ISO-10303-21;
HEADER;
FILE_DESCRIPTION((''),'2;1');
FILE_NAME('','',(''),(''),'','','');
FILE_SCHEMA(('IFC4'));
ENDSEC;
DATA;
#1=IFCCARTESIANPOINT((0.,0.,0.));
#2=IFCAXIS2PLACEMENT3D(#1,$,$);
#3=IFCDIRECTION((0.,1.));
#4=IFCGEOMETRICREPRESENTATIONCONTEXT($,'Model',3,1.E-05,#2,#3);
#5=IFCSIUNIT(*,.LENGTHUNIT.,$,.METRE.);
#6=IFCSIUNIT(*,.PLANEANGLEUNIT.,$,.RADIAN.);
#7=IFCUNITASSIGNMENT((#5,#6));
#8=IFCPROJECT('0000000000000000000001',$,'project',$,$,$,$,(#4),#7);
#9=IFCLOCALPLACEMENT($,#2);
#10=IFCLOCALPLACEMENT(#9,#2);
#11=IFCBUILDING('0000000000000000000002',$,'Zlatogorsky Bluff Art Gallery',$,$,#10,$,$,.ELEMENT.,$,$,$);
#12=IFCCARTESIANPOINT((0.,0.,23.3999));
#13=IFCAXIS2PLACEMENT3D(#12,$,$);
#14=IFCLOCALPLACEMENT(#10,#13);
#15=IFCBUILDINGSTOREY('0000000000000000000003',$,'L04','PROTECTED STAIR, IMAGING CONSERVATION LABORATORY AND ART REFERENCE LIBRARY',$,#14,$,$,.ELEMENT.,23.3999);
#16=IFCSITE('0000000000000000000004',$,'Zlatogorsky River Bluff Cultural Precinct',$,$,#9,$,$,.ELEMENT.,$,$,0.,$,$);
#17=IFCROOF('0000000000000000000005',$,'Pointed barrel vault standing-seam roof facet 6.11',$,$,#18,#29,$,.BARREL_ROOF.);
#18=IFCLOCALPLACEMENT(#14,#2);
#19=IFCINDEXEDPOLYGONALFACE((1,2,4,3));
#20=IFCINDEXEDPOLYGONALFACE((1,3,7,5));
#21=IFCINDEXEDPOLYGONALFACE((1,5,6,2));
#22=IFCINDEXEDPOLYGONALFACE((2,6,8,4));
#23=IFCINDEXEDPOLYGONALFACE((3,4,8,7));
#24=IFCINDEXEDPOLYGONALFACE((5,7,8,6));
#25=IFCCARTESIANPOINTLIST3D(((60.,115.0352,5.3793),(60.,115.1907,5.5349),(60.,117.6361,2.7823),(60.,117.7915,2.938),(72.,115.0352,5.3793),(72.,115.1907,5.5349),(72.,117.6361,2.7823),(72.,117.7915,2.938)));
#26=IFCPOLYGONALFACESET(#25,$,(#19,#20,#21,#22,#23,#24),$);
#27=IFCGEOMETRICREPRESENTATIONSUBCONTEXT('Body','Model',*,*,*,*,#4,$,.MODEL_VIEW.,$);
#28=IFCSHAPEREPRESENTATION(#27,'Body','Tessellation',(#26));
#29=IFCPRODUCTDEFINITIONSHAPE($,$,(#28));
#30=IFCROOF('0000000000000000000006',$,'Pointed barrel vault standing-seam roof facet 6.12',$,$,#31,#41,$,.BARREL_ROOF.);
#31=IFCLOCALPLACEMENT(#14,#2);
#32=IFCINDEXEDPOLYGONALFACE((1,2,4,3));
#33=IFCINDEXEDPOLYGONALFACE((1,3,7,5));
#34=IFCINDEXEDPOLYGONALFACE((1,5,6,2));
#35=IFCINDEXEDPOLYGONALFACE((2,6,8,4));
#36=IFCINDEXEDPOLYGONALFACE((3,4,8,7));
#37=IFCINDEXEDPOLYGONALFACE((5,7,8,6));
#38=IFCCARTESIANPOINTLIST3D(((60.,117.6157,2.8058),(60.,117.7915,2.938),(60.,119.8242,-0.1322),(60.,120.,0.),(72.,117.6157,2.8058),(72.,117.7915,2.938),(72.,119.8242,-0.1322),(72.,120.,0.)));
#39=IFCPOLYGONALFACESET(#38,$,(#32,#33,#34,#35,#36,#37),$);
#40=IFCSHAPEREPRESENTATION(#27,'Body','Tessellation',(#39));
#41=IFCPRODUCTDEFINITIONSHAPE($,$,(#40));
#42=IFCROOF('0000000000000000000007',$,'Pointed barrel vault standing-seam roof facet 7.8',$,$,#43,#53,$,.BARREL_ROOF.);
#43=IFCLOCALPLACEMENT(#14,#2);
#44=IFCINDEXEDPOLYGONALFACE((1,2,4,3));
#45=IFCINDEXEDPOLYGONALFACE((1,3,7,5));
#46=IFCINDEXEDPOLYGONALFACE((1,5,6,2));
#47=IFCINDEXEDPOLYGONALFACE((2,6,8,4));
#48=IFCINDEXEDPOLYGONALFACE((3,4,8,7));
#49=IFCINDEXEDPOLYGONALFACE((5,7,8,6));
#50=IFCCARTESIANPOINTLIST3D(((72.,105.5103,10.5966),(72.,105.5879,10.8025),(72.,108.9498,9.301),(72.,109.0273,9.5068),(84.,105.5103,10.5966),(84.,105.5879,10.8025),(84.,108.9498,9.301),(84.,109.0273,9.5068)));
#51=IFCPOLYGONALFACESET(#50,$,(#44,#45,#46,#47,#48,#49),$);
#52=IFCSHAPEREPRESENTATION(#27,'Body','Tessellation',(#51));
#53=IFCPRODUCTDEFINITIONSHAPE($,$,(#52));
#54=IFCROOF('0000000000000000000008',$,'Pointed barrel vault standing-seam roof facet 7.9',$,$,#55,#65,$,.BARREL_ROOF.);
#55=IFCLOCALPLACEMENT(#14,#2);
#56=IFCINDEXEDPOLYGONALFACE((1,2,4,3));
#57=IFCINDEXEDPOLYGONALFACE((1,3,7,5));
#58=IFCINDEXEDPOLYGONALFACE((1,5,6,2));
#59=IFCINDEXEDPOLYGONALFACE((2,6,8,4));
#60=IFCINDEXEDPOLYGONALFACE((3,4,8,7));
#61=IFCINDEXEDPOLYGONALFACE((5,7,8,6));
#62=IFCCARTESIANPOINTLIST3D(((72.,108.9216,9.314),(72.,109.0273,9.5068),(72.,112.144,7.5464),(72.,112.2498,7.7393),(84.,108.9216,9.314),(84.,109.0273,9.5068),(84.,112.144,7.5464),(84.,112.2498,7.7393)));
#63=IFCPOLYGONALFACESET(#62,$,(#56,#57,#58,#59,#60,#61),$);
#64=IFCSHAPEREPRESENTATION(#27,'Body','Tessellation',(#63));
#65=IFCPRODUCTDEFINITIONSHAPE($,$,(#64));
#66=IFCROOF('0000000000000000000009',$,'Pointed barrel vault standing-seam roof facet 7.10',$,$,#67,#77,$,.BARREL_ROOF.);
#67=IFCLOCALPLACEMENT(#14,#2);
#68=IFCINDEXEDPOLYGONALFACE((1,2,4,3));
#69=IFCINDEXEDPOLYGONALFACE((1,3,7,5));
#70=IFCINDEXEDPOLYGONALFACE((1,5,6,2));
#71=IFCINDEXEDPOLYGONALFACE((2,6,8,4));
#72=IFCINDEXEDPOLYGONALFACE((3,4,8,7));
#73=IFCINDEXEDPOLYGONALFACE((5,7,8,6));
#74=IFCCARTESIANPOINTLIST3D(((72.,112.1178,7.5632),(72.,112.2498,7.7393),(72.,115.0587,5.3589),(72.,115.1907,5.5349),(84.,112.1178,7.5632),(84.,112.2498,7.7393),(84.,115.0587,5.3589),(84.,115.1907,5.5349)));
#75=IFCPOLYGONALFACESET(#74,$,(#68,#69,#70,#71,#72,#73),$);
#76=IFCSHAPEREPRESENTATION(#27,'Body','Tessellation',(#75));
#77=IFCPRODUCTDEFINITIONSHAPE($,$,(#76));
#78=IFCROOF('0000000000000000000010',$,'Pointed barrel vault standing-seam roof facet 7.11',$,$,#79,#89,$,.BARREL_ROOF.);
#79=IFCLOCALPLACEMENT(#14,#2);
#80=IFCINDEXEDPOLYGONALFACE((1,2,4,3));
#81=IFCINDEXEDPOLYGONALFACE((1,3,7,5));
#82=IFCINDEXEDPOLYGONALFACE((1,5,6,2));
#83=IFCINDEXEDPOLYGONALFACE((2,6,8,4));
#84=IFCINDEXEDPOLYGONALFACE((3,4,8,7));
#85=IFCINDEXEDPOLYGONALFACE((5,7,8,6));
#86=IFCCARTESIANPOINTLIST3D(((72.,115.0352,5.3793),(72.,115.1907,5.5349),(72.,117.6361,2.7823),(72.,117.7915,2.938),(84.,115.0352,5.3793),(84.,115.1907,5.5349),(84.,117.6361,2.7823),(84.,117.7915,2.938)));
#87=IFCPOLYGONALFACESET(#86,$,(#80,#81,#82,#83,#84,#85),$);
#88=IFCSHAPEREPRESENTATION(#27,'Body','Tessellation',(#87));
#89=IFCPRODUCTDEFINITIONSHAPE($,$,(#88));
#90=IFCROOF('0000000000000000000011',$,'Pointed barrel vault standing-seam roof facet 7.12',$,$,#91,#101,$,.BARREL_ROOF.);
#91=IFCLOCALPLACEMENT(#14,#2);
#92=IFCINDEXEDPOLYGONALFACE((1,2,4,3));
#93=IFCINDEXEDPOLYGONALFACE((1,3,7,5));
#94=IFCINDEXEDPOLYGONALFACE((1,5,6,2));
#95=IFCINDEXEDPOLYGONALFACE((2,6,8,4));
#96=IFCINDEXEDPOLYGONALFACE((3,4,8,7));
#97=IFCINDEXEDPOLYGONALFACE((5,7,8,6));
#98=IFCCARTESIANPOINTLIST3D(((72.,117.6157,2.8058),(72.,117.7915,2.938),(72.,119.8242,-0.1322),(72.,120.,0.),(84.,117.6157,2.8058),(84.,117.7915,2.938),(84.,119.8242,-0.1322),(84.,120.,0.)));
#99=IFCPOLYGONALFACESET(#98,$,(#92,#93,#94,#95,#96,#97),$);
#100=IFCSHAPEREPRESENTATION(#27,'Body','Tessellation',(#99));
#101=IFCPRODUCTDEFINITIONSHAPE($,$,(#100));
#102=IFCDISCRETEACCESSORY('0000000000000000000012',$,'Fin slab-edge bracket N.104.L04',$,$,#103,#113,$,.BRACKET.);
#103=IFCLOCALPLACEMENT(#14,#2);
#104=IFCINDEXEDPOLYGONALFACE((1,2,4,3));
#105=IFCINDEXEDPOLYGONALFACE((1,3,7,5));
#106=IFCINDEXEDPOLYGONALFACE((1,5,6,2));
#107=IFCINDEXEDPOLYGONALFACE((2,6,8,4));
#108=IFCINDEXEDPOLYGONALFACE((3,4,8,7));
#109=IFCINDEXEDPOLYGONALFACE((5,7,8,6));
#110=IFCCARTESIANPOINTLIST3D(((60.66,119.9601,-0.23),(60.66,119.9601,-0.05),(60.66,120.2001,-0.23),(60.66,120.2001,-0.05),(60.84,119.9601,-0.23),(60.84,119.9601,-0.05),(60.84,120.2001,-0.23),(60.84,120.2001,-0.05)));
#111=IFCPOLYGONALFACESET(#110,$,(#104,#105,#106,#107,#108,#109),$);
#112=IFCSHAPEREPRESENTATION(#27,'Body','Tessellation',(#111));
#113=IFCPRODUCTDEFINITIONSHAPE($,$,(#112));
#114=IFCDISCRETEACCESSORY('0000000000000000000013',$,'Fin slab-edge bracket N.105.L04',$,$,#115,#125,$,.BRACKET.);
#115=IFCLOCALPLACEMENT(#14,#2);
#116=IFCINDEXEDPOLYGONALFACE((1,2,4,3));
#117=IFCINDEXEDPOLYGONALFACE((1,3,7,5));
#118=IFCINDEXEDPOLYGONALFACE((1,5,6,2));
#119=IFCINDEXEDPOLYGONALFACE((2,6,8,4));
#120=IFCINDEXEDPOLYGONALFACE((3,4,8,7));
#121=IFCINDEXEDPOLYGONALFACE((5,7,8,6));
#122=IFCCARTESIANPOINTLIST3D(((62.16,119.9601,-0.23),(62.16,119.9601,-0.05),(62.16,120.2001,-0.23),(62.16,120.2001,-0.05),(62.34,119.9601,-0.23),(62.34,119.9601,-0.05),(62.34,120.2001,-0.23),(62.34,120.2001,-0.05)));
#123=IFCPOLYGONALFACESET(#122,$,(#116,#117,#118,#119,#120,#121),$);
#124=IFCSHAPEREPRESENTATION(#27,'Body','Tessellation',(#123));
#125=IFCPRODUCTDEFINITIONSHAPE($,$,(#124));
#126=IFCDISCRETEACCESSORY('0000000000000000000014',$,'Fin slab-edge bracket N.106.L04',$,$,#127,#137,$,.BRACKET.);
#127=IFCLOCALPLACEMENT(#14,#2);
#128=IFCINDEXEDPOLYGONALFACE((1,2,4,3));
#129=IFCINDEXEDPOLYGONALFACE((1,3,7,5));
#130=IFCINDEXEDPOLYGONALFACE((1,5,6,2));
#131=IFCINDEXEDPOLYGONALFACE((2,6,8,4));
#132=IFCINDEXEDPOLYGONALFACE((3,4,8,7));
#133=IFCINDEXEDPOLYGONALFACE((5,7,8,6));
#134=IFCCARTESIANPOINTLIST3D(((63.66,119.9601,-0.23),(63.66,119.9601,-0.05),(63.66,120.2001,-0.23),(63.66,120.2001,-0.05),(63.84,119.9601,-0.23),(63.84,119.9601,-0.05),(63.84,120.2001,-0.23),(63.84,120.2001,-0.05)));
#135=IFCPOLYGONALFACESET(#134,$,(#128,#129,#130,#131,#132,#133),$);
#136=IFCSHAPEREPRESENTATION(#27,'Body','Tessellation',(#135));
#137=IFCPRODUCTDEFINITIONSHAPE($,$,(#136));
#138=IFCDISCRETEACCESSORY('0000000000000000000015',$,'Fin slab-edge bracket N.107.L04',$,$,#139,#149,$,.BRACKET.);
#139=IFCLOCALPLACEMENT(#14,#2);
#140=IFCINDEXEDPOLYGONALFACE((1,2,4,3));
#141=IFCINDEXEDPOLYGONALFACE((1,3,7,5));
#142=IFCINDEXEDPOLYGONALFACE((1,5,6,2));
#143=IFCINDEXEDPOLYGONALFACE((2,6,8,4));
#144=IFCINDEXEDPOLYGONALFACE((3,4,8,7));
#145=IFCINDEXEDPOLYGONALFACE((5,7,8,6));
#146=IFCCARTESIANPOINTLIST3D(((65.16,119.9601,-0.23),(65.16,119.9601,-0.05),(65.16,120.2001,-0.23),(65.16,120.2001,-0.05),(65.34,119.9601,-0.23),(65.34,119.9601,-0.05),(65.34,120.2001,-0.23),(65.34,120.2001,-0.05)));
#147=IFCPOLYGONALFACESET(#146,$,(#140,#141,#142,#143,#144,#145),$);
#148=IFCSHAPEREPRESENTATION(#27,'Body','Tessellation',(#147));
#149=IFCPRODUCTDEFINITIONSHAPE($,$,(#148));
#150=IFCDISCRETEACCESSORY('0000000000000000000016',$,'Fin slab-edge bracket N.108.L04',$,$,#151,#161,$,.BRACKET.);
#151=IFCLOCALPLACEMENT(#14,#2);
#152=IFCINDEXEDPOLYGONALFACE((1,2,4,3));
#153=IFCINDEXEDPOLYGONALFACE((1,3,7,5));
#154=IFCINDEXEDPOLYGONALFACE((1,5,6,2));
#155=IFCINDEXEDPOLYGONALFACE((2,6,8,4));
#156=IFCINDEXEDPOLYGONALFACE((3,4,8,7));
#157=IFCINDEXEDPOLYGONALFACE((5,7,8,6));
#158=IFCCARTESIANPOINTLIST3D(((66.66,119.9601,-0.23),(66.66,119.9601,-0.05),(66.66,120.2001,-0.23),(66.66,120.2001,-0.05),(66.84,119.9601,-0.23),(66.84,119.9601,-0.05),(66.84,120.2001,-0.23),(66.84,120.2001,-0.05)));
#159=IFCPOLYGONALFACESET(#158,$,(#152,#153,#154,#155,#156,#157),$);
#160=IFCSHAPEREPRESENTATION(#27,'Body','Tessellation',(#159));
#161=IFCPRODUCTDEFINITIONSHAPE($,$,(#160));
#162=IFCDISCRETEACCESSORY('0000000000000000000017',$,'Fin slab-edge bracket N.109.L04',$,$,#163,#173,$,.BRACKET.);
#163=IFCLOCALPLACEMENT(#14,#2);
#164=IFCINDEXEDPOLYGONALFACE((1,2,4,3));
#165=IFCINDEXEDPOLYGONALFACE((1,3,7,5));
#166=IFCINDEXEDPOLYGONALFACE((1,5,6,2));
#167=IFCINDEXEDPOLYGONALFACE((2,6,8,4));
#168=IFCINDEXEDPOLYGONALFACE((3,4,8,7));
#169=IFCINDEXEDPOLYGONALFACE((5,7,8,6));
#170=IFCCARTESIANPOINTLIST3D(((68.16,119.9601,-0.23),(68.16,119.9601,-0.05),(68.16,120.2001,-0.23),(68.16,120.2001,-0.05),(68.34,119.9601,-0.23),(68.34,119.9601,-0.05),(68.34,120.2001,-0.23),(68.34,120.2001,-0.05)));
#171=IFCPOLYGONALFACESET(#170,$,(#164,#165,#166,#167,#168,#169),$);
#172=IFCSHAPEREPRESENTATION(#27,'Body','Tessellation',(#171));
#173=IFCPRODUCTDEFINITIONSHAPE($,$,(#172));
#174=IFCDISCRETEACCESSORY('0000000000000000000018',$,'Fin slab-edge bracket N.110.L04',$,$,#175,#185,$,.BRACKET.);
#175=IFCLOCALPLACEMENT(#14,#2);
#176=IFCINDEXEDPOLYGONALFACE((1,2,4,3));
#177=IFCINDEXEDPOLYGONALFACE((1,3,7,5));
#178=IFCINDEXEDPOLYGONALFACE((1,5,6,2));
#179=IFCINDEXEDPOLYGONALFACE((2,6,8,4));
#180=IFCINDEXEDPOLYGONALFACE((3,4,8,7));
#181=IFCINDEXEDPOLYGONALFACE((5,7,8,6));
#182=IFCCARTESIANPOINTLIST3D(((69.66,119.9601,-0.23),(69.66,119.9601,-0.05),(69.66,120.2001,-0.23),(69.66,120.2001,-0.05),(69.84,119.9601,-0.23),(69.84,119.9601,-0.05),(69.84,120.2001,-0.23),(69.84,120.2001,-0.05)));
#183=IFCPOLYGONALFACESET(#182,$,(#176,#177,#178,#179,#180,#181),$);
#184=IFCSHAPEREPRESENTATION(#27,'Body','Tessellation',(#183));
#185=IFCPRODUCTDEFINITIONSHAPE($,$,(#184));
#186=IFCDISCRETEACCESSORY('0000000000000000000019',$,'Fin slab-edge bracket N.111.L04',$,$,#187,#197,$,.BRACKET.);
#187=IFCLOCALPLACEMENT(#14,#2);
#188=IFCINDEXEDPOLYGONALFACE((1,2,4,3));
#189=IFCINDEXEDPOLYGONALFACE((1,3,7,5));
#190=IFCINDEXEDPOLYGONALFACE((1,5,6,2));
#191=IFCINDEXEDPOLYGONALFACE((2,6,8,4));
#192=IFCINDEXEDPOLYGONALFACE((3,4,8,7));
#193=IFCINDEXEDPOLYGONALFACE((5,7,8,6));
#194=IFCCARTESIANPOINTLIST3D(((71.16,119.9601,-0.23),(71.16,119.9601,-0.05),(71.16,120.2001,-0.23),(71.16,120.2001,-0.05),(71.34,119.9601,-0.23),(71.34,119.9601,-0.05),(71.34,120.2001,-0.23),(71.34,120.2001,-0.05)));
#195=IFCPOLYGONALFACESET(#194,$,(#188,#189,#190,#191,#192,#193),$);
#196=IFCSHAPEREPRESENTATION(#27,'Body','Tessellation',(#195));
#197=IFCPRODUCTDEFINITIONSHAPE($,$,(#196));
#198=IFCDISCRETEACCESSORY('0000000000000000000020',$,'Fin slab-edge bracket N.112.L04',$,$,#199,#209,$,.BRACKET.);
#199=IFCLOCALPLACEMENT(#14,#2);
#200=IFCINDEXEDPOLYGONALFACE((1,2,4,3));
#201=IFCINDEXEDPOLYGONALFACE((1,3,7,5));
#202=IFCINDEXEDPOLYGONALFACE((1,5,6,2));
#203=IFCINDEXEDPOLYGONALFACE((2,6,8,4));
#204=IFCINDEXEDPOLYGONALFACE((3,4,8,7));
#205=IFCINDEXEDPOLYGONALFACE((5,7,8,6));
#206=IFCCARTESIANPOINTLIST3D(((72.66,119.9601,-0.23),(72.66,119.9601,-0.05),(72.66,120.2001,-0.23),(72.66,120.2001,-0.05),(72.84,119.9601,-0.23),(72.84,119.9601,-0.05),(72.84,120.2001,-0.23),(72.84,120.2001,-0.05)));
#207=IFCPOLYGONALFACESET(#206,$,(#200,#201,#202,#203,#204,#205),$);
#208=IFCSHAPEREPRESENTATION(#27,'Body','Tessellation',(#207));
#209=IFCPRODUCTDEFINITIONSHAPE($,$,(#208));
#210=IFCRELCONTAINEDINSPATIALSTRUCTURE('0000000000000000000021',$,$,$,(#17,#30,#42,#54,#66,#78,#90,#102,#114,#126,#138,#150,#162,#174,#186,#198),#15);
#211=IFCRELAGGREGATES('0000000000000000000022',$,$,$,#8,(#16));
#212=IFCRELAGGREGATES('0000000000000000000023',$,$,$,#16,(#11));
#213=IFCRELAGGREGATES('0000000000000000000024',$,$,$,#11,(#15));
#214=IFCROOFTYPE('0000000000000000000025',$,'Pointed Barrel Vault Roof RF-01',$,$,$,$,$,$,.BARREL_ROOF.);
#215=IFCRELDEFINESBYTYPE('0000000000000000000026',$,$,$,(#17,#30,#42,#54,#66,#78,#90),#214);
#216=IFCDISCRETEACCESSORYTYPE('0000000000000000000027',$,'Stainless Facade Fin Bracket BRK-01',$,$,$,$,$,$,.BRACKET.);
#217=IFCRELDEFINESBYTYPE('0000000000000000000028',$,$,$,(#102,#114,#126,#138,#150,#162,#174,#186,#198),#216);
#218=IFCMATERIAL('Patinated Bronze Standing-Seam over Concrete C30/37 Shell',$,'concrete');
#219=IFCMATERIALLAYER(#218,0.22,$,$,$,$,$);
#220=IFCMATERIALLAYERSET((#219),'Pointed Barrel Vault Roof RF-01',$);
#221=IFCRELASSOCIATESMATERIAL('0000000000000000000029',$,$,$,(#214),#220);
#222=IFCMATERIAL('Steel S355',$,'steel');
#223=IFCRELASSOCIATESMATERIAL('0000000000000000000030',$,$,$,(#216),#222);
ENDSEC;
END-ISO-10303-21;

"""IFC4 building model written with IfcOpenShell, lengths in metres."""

from ifc_helpers import new_model, si_unit, direction, frame, origin, origin_2d, place, context, subcontext, project, spatial, polyline, rectangle, outline, extrude, material, layer, layer_set, type_object, element, save


model = new_model("IFC4")

# Units and contexts
model_context = context("Model", 3, precision=1e-05, world=origin(), true_north=direction((0.0, 1.0)))
body_context = subcontext(model_context, "Body", "Model", "MODEL_VIEW")
ifc_project = project(units=[si_unit("LENGTHUNIT", "METRE"), si_unit("PLANEANGLEUNIT", "RADIAN")], contexts=[model_context])

# Site, building, storey
site_placement = place(None, origin())
site = spatial("IfcSite", under=ifc_project, at=site_placement, Name="Zlatogorsky River Bluff Cultural Precinct", CompositionType="ELEMENT", RefElevation=0.0)
building_placement = place(site_placement, origin())
building = spatial("IfcBuilding", under=site, at=building_placement, Name="Zlatogorsky Bluff Art Gallery", CompositionType="ELEMENT")
storey_placement = place(building_placement, frame((0.0, 0.0, 23.3999)))
storey = spatial("IfcBuildingStorey", under=building, at=storey_placement, Name="L04", Description="PROTECTED STAIR, IMAGING CONSERVATION LABORATORY AND ART REFERENCE LIBRARY", CompositionType="ELEMENT", Elevation=23.3999)

# Shared definitions
ifc_material_1 = material(Name="Steel S355", Category="steel")

# Roofs
ifc_material_2 = material(Name="Patinated Bronze Standing-Seam over Concrete C30/37 Shell", Category="concrete")
ifc_layer_1 = layer(ifc_material_2, 0.22)
ifc_layer_set_1 = layer_set([ifc_layer_1], Name="Pointed Barrel Vault Roof RF-01")
roof_type = type_object("IfcRoofType", Name="Pointed Barrel Vault Roof RF-01", PredefinedType="BARREL_ROOF", material=ifc_layer_set_1)
roof_1_placement = place(storey_placement, frame((60.0, 115.1907, 5.5349), z_axis=(0.0, 0.706575, 0.707638), x_axis=(1.0, 0.0, 0.0)))
element("IfcRoof", 1, at=roof_1_placement, inside=storey, type_object=roof_type, Name="Pointed barrel vault standing-seam roof facet 6.11", PredefinedType="BARREL_ROOF", context=body_context, shape_type="SweptSolid", body=[
    extrude(outline(polyline([(0.0, 0.0), (12.0, 0.0), (12.0, 3.6754), (0.0, 3.6754), (0.0, 0.0)])), origin(), (0.0, 0.0, -1.0), 0.22),
])
roof_2_placement = place(storey_placement, frame((60.0, 117.7915, 2.938), z_axis=(0.0, 0.799346, 0.600871), x_axis=(1.0, 0.0, 0.0)))
element("IfcRoof", 2, at=roof_2_placement, inside=storey, type_object=roof_type, Name="Pointed barrel vault standing-seam roof facet 6.12", PredefinedType="BARREL_ROOF", context=body_context, shape_type="SweptSolid", body=[
    extrude(outline(polyline([(0.0, 0.0), (12.0, 0.0), (12.0, 3.6755), (0.0, 3.6755), (0.0, 0.0)])), origin(), (0.0, 0.0, -1.0), 0.22),
])
roof_3_placement = place(storey_placement, frame((72.0, 105.5879, 10.8025), z_axis=(0.0, 0.352521, 0.935804), x_axis=(1.0, 0.0, 0.0)))
element("IfcRoof", 3, at=roof_3_placement, inside=storey, type_object=roof_type, Name="Pointed barrel vault standing-seam roof facet 7.8", PredefinedType="BARREL_ROOF", context=body_context, shape_type="SweptSolid", body=[
    extrude(outline(polyline([(0.0, 0.0), (12.0, 0.0), (12.0, 3.6754), (0.0, 3.6754), (0.0, 0.0)])), origin(), (0.0, 0.0, -1.0), 0.22),
])
roof_4_placement = place(storey_placement, frame((72.0, 109.0273, 9.5068), z_axis=(0.0, 0.480927, 0.876761), x_axis=(1.0, 0.0, 0.0)))
element("IfcRoof", 4, at=roof_4_placement, inside=storey, type_object=roof_type, Name="Pointed barrel vault standing-seam roof facet 7.9", PredefinedType="BARREL_ROOF", context=body_context, shape_type="SweptSolid", body=[
    extrude(outline(polyline([(0.0, 0.0), (12.0, 0.0), (12.0, 3.6754), (0.0, 3.6754), (0.0, 0.0)])), origin(), (0.0, 0.0, -1.0), 0.22),
])
roof_5_placement = place(storey_placement, frame((72.0, 112.2498, 7.7393), z_axis=(0.0, 0.599766, 0.800175), x_axis=(1.0, 0.0, 0.0)))
element("IfcRoof", 5, at=roof_5_placement, inside=storey, type_object=roof_type, Name="Pointed barrel vault standing-seam roof facet 7.10", PredefinedType="BARREL_ROOF", context=body_context, shape_type="SweptSolid", body=[
    extrude(outline(polyline([(0.0, 0.0), (12.0, 0.0), (12.0, 3.6753), (0.0, 3.6753), (0.0, 0.0)])), origin(), (0.0, 0.0, -1.0), 0.22),
])
roof_6_placement = place(storey_placement, frame((72.0, 115.1907, 5.5349), z_axis=(0.0, 0.706575, 0.707638), x_axis=(1.0, 0.0, 0.0)))
element("IfcRoof", 6, at=roof_6_placement, inside=storey, type_object=roof_type, Name="Pointed barrel vault standing-seam roof facet 7.11", PredefinedType="BARREL_ROOF", context=body_context, shape_type="SweptSolid", body=[
    extrude(outline(polyline([(0.0, 0.0), (12.0, 0.0), (12.0, 3.6754), (0.0, 3.6754), (0.0, 0.0)])), origin(), (0.0, 0.0, -1.0), 0.22),
])
roof_7_placement = place(storey_placement, frame((72.0, 117.7915, 2.938), z_axis=(0.0, 0.799346, 0.600871), x_axis=(1.0, 0.0, 0.0)))
element("IfcRoof", 7, at=roof_7_placement, inside=storey, type_object=roof_type, Name="Pointed barrel vault standing-seam roof facet 7.12", PredefinedType="BARREL_ROOF", context=body_context, shape_type="SweptSolid", body=[
    extrude(outline(polyline([(0.0, 0.0), (12.0, 0.0), (12.0, 3.6755), (0.0, 3.6755), (0.0, 0.0)])), origin(), (0.0, 0.0, -1.0), 0.22),
])

# Discrete accessories
discrete_accessory_type = type_object("IfcDiscreteAccessoryType", Name="Stainless Facade Fin Bracket BRK-01", PredefinedType="BRACKET", material=ifc_material_1)
for number, where, z_axis, x_axis, name in (
    (8, (60.75, 120.0801, -0.23), (0.0, 0.0, 1.0), (1.0, 0.0, 0.0), "Fin slab-edge bracket N.104.L04"),
    (9, (62.25, 120.0801, -0.23), (0.0, 0.0, 1.0), (1.0, 0.0, 0.0), "Fin slab-edge bracket N.105.L04"),
    (10, (63.75, 120.0801, -0.23), (0.0, 0.0, 1.0), (1.0, 0.0, 0.0), "Fin slab-edge bracket N.106.L04"),
    (11, (65.25, 120.0801, -0.23), (0.0, 0.0, 1.0), (1.0, 0.0, 0.0), "Fin slab-edge bracket N.107.L04"),
    (12, (66.75, 120.0801, -0.23), (0.0, 0.0, 1.0), (1.0, 0.0, 0.0), "Fin slab-edge bracket N.108.L04"),
    (13, (68.25, 120.0801, -0.23), (0.0, 0.0, 1.0), (1.0, 0.0, 0.0), "Fin slab-edge bracket N.109.L04"),
    (14, (69.75, 120.0801, -0.23), (0.0, 0.0, 1.0), (1.0, 0.0, 0.0), "Fin slab-edge bracket N.110.L04"),
    (15, (71.25, 120.0801, -0.23), (0.0, 0.0, 1.0), (1.0, 0.0, 0.0), "Fin slab-edge bracket N.111.L04"),
    (16, (72.75, 120.0801, -0.23), (0.0, 0.0, 1.0), (1.0, 0.0, 0.0), "Fin slab-edge bracket N.112.L04"),
):
    element("IfcDiscreteAccessory", number, at=place(storey_placement, frame(where, z_axis=z_axis, x_axis=x_axis)), inside=storey, type_object=discrete_accessory_type, Name=name, PredefinedType="BRACKET", context=body_context, shape_type="SweptSolid", body=[
        extrude(rectangle(XDim=0.1799, YDim=0.24, at=origin_2d()), origin(), (0.0, 0.0, 1.0), 0.1799),
    ])

save(model, "model.ifc")
